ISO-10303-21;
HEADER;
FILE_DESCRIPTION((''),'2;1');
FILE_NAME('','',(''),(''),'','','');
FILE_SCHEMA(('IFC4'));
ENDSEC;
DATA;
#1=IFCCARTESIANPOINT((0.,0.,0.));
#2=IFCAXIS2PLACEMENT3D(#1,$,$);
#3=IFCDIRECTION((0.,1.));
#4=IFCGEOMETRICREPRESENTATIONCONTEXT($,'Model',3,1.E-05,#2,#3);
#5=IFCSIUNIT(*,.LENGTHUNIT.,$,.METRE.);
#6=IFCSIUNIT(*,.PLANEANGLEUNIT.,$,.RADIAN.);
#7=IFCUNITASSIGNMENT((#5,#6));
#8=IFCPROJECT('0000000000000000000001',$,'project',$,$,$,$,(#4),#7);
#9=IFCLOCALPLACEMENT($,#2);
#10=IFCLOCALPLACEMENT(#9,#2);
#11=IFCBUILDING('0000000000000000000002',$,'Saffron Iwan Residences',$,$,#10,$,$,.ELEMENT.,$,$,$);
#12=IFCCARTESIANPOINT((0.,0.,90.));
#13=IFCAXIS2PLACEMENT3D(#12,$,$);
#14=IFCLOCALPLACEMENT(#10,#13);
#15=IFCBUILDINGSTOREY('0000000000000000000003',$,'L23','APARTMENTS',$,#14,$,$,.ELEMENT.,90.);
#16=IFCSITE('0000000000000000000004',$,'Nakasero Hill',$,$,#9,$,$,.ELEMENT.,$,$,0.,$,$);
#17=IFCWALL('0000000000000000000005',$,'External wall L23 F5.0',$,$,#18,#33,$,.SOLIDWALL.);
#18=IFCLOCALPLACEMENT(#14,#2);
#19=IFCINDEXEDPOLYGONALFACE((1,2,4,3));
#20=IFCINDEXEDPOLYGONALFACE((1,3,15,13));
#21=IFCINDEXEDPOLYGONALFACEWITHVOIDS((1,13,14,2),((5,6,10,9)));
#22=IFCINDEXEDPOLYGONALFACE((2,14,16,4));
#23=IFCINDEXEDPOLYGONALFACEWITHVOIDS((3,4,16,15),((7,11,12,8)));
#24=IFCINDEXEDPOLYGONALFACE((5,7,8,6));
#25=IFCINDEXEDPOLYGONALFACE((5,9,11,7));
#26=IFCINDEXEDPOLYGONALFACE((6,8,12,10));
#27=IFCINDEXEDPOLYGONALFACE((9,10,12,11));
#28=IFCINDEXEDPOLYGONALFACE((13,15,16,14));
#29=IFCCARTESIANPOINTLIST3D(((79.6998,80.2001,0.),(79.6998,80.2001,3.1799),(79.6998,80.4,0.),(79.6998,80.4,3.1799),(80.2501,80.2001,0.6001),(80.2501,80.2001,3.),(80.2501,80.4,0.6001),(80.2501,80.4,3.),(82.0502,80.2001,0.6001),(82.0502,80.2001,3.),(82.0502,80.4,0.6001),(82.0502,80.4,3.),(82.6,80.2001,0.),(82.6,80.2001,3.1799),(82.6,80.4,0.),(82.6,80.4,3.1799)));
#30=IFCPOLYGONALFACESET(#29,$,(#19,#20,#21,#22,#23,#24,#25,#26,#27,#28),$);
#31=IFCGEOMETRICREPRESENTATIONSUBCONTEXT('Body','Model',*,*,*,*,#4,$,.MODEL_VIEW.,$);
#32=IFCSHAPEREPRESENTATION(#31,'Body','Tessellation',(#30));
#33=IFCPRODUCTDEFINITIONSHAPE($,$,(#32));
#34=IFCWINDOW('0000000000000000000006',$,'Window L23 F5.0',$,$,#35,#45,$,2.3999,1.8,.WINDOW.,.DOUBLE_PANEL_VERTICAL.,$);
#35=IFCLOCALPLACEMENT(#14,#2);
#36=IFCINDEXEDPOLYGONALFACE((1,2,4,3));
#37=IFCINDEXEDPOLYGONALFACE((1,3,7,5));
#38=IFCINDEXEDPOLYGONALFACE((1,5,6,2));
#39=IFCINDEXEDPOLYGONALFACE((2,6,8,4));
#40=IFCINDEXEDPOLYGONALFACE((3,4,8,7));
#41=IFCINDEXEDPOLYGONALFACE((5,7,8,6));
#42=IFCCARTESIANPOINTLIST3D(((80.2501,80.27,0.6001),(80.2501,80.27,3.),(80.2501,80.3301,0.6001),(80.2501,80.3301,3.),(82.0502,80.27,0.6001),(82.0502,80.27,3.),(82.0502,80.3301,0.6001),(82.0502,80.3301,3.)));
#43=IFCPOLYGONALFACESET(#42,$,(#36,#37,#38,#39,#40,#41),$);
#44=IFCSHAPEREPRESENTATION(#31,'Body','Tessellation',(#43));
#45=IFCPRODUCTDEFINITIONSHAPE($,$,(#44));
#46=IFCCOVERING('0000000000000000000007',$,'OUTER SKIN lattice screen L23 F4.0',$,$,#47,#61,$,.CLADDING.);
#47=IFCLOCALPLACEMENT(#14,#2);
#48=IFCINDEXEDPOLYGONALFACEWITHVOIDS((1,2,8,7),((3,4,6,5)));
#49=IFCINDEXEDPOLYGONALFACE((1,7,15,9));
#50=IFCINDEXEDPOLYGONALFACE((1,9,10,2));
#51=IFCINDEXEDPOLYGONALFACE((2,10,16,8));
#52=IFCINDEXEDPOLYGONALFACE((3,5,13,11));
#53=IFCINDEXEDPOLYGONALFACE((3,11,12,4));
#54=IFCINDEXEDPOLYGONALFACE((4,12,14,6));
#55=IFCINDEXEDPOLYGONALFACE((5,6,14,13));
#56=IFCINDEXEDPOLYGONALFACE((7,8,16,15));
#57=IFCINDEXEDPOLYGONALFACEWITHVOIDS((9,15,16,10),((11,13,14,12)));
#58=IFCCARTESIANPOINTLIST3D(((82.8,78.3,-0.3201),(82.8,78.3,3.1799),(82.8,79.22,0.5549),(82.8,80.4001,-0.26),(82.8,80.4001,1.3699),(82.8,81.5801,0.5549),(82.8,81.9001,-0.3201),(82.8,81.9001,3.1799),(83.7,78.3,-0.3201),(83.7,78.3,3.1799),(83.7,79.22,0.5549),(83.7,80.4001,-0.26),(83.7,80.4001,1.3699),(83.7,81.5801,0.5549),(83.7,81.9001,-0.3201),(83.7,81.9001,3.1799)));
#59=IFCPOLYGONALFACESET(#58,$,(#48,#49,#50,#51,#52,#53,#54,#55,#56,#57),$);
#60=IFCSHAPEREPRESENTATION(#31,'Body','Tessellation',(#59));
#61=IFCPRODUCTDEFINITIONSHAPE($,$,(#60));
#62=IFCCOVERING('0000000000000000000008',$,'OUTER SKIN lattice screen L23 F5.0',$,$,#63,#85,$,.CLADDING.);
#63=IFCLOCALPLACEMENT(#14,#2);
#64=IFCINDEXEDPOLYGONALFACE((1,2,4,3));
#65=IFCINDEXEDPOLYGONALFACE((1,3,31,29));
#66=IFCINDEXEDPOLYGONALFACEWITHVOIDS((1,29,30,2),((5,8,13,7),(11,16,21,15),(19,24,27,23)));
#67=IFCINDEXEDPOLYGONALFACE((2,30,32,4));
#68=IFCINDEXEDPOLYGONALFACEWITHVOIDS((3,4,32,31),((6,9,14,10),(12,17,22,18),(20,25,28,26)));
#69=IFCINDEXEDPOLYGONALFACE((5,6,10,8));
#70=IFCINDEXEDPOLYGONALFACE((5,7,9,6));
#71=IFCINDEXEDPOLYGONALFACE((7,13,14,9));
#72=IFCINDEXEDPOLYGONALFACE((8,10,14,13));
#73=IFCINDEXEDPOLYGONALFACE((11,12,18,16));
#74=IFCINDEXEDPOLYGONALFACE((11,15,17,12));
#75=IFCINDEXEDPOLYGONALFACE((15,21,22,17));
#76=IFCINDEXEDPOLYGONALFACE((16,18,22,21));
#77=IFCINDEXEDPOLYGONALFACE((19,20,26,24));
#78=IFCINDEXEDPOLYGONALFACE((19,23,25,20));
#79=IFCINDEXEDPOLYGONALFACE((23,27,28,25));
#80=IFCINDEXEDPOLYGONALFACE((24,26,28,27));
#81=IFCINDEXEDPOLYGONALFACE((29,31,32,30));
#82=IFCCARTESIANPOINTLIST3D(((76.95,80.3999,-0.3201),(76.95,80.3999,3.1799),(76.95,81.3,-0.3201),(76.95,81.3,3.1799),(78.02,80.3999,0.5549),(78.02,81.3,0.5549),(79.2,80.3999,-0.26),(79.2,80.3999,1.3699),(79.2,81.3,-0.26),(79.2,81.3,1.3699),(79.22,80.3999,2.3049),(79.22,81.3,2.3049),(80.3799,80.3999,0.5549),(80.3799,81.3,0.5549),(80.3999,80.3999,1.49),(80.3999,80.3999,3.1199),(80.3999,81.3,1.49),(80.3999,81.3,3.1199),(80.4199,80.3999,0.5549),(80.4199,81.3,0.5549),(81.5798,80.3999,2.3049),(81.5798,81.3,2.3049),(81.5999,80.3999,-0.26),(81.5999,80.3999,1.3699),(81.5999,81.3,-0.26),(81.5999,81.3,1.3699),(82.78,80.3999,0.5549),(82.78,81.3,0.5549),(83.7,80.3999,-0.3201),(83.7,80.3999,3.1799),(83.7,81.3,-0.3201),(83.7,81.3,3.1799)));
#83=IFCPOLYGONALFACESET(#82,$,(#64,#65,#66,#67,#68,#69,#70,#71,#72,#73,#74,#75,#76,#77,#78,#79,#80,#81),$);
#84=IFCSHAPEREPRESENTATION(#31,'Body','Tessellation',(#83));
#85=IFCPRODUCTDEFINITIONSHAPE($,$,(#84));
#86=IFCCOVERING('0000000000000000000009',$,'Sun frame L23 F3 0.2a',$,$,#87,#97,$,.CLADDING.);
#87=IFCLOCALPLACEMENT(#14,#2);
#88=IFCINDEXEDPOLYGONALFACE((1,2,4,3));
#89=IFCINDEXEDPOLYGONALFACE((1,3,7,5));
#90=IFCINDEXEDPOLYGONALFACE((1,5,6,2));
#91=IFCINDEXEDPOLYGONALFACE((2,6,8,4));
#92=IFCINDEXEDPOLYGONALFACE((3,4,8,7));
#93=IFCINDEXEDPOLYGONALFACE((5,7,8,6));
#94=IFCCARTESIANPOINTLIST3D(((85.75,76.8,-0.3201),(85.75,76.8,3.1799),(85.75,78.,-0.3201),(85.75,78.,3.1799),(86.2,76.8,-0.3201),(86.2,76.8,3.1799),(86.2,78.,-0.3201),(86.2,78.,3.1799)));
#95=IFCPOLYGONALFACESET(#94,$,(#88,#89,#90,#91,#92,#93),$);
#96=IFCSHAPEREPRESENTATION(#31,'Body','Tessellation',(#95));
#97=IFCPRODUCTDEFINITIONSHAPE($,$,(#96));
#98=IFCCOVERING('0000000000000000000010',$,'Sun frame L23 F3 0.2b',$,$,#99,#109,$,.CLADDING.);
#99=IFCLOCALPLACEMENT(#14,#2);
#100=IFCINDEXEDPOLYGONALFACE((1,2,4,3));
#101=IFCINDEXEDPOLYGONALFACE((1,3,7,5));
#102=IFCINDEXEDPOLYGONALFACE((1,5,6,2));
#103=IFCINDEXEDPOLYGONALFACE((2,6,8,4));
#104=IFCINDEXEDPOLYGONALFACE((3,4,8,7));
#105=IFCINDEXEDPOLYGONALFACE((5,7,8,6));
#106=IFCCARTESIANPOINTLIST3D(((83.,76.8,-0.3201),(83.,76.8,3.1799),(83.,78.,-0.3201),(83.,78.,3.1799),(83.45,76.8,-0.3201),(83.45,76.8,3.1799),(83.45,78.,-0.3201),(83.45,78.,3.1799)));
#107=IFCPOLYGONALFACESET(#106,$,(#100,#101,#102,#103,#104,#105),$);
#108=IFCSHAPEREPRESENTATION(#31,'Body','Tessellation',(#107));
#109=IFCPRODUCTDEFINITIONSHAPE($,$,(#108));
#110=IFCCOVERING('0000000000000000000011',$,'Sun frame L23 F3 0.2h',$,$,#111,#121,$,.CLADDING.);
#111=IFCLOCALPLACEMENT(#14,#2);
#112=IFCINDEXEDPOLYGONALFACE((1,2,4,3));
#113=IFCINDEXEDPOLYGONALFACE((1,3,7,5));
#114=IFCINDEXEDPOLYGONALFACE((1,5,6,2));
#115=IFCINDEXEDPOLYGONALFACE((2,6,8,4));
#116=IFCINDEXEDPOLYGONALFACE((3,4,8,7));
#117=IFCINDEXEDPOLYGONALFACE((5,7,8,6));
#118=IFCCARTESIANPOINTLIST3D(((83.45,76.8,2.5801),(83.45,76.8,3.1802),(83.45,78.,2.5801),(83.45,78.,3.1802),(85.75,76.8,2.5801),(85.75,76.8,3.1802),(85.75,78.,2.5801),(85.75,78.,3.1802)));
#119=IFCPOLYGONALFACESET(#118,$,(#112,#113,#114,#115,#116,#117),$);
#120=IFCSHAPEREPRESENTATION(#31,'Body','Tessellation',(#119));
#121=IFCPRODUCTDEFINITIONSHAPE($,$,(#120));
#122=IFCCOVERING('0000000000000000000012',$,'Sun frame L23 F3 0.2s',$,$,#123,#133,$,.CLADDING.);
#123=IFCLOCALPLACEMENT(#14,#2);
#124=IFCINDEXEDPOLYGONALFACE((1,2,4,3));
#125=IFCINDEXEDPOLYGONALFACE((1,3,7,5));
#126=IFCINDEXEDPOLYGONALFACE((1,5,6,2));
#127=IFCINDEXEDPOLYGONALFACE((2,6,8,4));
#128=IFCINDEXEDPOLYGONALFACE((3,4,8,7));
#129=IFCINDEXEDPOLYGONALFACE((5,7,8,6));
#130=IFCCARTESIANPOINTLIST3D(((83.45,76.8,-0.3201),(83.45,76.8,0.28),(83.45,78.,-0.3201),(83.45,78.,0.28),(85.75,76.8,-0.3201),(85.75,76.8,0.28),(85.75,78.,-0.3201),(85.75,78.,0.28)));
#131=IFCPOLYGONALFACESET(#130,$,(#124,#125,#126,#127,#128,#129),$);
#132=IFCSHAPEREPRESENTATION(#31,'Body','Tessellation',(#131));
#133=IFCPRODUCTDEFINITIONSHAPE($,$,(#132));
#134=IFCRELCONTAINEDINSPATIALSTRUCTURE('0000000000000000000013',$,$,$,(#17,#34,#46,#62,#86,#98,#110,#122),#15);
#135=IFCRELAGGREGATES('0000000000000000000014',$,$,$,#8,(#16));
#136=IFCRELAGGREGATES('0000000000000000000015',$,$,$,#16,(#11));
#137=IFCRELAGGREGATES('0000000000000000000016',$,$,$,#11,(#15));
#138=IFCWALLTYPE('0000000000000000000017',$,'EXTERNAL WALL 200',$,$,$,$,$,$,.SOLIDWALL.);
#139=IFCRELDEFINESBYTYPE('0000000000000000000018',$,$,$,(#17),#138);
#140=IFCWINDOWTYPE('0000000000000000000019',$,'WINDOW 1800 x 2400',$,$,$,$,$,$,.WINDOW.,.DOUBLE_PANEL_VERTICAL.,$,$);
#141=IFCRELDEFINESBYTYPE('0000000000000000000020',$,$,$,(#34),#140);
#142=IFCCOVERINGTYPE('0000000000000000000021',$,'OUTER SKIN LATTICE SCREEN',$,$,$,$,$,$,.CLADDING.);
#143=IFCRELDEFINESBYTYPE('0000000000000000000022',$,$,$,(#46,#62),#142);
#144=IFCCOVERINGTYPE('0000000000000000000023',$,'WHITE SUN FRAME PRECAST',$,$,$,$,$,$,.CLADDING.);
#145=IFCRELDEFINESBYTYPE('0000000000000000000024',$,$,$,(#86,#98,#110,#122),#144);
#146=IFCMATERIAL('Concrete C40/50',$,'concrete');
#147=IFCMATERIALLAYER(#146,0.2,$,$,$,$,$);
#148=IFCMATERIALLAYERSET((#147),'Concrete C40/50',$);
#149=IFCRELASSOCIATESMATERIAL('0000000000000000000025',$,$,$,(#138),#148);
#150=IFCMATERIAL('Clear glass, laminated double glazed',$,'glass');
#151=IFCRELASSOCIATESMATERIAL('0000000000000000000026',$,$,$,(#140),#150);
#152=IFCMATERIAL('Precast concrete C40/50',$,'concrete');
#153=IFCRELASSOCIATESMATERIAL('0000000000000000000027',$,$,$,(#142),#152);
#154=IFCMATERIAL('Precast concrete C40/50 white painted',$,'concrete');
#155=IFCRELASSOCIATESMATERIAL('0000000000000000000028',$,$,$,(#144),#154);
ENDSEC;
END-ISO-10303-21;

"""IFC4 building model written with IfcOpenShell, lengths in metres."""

from ifc_helpers import new_model, si_unit, direction, frame, frame_2d, origin, place, context, subcontext, project, spatial, polyline, rectangle, outline, extrude, material, layer, layer_set, type_object, element, fill, save


model = new_model("IFC4")

# Units and contexts
model_context = context("Model", 3, precision=1e-05, world=origin(), true_north=direction((0.0, 1.0)))
body_context = subcontext(model_context, "Body", "Model", "MODEL_VIEW")
ifc_project = project(units=[si_unit("LENGTHUNIT", "METRE"), si_unit("PLANEANGLEUNIT", "RADIAN")], contexts=[model_context])

# Site, building, storey
site_placement = place(None, origin())
site = spatial("IfcSite", under=ifc_project, at=site_placement, Name="Nakasero Hill", CompositionType="ELEMENT", RefElevation=0.0)
building_placement = place(site_placement, origin())
building = spatial("IfcBuilding", under=site, at=building_placement, Name="Saffron Iwan Residences", CompositionType="ELEMENT")
storey_placement = place(building_placement, frame((0.0, 0.0, 90.0)))
storey = spatial("IfcBuildingStorey", under=building, at=storey_placement, Name="L23", Description="APARTMENTS", CompositionType="ELEMENT", Elevation=90.0)

# Shared definitions
ifc_material_1 = material(Name="Concrete C40/50", Category="concrete")
ifc_layer = layer(ifc_material_1, 0.2)
ifc_layer_set = layer_set([ifc_layer], Name="Concrete C40/50")
wall_type = type_object("IfcWallType", Name="EXTERNAL WALL 200", PredefinedType="SOLIDWALL", material=ifc_layer_set)
ifc_material_2 = material(Name="Clear glass, laminated double glazed", Category="glass")
window_type_1 = type_object("IfcWindowType", Name="WINDOW 1800 x 2400", PartitioningType="DOUBLE_PANEL_VERTICAL", PredefinedType="WINDOW", material=ifc_material_2)

# Wall, opening, window
wall_1_placement = place(storey_placement, frame((82.6001, 80.3, 0.0), z_axis=(0.0, 0.0, 1.0), x_axis=(-1.0, 0.0, 0.0)))
wall_1 = element("IfcWall", 1, at=wall_1_placement, inside=storey, type_object=wall_type, Name="External wall L23 F5.0", PredefinedType="SOLIDWALL", context=body_context, shape_type="SweptSolid", body=[
    extrude(rectangle(XDim=2.9001, YDim=0.2, at=frame_2d((1.4502, 0.0))), origin(), (0.0, 0.0, 1.0), 3.1799),
])
opening_1_placement = place(wall_1_placement, frame((0.55, 0.0, 0.6001)))
opening_1 = element("IfcOpeningElement", 2, at=opening_1_placement, cuts=wall_1, PredefinedType="OPENING", context=body_context, shape_type="SweptSolid", body=[
    extrude(rectangle(XDim=1.8, YDim=2.3999, at=frame_2d((0.8999, 1.2))), frame((0.0, 0.1099, 0.0), z_axis=(0.0, -1.0, 0.0), x_axis=(1.0, 0.0, 0.0)), (0.0, 0.0, 1.0), 0.22),
])
window_1_placement = place(opening_1_placement, origin())
window_1 = element("IfcWindow", 3, at=window_1_placement, inside=storey, type_object=window_type_1, Name="Window L23 F5.0", OverallHeight=2.3999, OverallWidth=1.8, PartitioningType="DOUBLE_PANEL_VERTICAL", PredefinedType="WINDOW", context=body_context, shape_type="SweptSolid", body=[
    extrude(rectangle(XDim=1.8, YDim=2.3999, at=frame_2d((0.8999, 1.2))), frame((0.0, 0.03, 0.0), z_axis=(0.0, -1.0, 0.0), x_axis=(1.0, 0.0, 0.0)), (0.0, 0.0, 1.0), 0.0601),
])
fill(opening_1, window_1)

# Coverings
ifc_material_3 = material(Name="Precast concrete C40/50", Category="concrete")
covering_type_1 = type_object("IfcCoveringType", Name="OUTER SKIN LATTICE SCREEN", PredefinedType="CLADDING", material=ifc_material_3)
covering_1_placement = place(storey_placement, frame((82.8, 78.3, -0.3201), z_axis=(1.0, 0.0, 0.0), x_axis=(0.0, 1.0, 0.0)))
element("IfcCovering", 4, at=covering_1_placement, inside=storey, type_object=covering_type_1, Name="OUTER SKIN lattice screen L23 F4.0", PredefinedType="CLADDING", context=body_context, shape_type="SweptSolid", body=[
    extrude(outline(polyline([(0.0, 0.0), (3.6001, 0.0), (3.6001, 3.5), (0.0, 3.5), (0.0, 0.0)]), holes=[polyline([(0.9199, 0.875), (2.1001, 0.0601), (3.28, 0.875), (2.1001, 1.6899), (0.9199, 0.875)])]), origin(), (0.0, 0.0, 1.0), 0.8999),
])
covering_2_placement = place(storey_placement, frame((83.7, 80.3999, -0.3201), z_axis=(0.0, 1.0, 0.0), x_axis=(-1.0, 0.0, 0.0)))
element("IfcCovering", 5, at=covering_2_placement, inside=storey, type_object=covering_type_1, Name="OUTER SKIN lattice screen L23 F5.0", PredefinedType="CLADDING", context=body_context, shape_type="SweptSolid", body=[
    extrude(outline(polyline([(0.0, 0.0), (6.75, 0.0), (6.75, 3.5), (0.0, 3.5), (0.0, 0.0)]), holes=[polyline([(0.9199, 0.875), (2.1001, 0.0601), (3.28, 0.875), (2.1001, 1.6899), (0.9199, 0.875)]), polyline([(3.3201, 0.875), (4.5, 0.0601), (5.6799, 0.875), (4.5, 1.6899), (3.3201, 0.875)]), polyline([(2.1201, 2.625), (3.3, 1.8101), (4.48, 2.625), (3.3, 3.4399), (2.1201, 2.625)])]), origin(), (0.0, 0.0, 1.0), 0.9001),
])
ifc_material_4 = material(Name="Precast concrete C40/50 white painted", Category="concrete")
covering_type_2 = type_object("IfcCoveringType", Name="WHITE SUN FRAME PRECAST", PredefinedType="CLADDING", material=ifc_material_4)
for number, where, z_axis, x_axis, name in (
    (6, (86.2, 76.8, -0.3201), (0.0, 1.0, 0.0), (-1.0, 0.0, 0.0), "Sun frame L23 F3 0.2a"),
    (7, (83.45, 76.8, -0.3201), (0.0, 1.0, 0.0), (-1.0, 0.0, 0.0), "Sun frame L23 F3 0.2b"),
):
    element("IfcCovering", number, at=place(storey_placement, frame(where, z_axis=z_axis, x_axis=x_axis)), inside=storey, type_object=covering_type_2, Name=name, PredefinedType="CLADDING", context=body_context, shape_type="SweptSolid", body=[
        extrude(outline(polyline([(0.0, 0.0), (0.45, 0.0), (0.45, 3.5), (0.0, 3.5), (0.0, 0.0)])), origin(), (0.0, 0.0, 1.0), 1.2),
    ])
for number, where, z_axis, x_axis, name in (
    (8, (85.75, 76.8, 2.5801), (0.0, 1.0, 0.0), (-1.0, 0.0, 0.0), "Sun frame L23 F3 0.2h"),
    (9, (85.75, 76.8, -0.3201), (0.0, 1.0, 0.0), (-1.0, 0.0, 0.0), "Sun frame L23 F3 0.2s"),
):
    element("IfcCovering", number, at=place(storey_placement, frame(where, z_axis=z_axis, x_axis=x_axis)), inside=storey, type_object=covering_type_2, Name=name, PredefinedType="CLADDING", context=body_context, shape_type="SweptSolid", body=[
        extrude(outline(polyline([(0.0, 0.0), (2.3, 0.0), (2.3, 0.6001), (0.0, 0.6001), (0.0, 0.0)])), origin(), (0.0, 0.0, 1.0), 1.2),
    ])

save(model, "model.ifc")
